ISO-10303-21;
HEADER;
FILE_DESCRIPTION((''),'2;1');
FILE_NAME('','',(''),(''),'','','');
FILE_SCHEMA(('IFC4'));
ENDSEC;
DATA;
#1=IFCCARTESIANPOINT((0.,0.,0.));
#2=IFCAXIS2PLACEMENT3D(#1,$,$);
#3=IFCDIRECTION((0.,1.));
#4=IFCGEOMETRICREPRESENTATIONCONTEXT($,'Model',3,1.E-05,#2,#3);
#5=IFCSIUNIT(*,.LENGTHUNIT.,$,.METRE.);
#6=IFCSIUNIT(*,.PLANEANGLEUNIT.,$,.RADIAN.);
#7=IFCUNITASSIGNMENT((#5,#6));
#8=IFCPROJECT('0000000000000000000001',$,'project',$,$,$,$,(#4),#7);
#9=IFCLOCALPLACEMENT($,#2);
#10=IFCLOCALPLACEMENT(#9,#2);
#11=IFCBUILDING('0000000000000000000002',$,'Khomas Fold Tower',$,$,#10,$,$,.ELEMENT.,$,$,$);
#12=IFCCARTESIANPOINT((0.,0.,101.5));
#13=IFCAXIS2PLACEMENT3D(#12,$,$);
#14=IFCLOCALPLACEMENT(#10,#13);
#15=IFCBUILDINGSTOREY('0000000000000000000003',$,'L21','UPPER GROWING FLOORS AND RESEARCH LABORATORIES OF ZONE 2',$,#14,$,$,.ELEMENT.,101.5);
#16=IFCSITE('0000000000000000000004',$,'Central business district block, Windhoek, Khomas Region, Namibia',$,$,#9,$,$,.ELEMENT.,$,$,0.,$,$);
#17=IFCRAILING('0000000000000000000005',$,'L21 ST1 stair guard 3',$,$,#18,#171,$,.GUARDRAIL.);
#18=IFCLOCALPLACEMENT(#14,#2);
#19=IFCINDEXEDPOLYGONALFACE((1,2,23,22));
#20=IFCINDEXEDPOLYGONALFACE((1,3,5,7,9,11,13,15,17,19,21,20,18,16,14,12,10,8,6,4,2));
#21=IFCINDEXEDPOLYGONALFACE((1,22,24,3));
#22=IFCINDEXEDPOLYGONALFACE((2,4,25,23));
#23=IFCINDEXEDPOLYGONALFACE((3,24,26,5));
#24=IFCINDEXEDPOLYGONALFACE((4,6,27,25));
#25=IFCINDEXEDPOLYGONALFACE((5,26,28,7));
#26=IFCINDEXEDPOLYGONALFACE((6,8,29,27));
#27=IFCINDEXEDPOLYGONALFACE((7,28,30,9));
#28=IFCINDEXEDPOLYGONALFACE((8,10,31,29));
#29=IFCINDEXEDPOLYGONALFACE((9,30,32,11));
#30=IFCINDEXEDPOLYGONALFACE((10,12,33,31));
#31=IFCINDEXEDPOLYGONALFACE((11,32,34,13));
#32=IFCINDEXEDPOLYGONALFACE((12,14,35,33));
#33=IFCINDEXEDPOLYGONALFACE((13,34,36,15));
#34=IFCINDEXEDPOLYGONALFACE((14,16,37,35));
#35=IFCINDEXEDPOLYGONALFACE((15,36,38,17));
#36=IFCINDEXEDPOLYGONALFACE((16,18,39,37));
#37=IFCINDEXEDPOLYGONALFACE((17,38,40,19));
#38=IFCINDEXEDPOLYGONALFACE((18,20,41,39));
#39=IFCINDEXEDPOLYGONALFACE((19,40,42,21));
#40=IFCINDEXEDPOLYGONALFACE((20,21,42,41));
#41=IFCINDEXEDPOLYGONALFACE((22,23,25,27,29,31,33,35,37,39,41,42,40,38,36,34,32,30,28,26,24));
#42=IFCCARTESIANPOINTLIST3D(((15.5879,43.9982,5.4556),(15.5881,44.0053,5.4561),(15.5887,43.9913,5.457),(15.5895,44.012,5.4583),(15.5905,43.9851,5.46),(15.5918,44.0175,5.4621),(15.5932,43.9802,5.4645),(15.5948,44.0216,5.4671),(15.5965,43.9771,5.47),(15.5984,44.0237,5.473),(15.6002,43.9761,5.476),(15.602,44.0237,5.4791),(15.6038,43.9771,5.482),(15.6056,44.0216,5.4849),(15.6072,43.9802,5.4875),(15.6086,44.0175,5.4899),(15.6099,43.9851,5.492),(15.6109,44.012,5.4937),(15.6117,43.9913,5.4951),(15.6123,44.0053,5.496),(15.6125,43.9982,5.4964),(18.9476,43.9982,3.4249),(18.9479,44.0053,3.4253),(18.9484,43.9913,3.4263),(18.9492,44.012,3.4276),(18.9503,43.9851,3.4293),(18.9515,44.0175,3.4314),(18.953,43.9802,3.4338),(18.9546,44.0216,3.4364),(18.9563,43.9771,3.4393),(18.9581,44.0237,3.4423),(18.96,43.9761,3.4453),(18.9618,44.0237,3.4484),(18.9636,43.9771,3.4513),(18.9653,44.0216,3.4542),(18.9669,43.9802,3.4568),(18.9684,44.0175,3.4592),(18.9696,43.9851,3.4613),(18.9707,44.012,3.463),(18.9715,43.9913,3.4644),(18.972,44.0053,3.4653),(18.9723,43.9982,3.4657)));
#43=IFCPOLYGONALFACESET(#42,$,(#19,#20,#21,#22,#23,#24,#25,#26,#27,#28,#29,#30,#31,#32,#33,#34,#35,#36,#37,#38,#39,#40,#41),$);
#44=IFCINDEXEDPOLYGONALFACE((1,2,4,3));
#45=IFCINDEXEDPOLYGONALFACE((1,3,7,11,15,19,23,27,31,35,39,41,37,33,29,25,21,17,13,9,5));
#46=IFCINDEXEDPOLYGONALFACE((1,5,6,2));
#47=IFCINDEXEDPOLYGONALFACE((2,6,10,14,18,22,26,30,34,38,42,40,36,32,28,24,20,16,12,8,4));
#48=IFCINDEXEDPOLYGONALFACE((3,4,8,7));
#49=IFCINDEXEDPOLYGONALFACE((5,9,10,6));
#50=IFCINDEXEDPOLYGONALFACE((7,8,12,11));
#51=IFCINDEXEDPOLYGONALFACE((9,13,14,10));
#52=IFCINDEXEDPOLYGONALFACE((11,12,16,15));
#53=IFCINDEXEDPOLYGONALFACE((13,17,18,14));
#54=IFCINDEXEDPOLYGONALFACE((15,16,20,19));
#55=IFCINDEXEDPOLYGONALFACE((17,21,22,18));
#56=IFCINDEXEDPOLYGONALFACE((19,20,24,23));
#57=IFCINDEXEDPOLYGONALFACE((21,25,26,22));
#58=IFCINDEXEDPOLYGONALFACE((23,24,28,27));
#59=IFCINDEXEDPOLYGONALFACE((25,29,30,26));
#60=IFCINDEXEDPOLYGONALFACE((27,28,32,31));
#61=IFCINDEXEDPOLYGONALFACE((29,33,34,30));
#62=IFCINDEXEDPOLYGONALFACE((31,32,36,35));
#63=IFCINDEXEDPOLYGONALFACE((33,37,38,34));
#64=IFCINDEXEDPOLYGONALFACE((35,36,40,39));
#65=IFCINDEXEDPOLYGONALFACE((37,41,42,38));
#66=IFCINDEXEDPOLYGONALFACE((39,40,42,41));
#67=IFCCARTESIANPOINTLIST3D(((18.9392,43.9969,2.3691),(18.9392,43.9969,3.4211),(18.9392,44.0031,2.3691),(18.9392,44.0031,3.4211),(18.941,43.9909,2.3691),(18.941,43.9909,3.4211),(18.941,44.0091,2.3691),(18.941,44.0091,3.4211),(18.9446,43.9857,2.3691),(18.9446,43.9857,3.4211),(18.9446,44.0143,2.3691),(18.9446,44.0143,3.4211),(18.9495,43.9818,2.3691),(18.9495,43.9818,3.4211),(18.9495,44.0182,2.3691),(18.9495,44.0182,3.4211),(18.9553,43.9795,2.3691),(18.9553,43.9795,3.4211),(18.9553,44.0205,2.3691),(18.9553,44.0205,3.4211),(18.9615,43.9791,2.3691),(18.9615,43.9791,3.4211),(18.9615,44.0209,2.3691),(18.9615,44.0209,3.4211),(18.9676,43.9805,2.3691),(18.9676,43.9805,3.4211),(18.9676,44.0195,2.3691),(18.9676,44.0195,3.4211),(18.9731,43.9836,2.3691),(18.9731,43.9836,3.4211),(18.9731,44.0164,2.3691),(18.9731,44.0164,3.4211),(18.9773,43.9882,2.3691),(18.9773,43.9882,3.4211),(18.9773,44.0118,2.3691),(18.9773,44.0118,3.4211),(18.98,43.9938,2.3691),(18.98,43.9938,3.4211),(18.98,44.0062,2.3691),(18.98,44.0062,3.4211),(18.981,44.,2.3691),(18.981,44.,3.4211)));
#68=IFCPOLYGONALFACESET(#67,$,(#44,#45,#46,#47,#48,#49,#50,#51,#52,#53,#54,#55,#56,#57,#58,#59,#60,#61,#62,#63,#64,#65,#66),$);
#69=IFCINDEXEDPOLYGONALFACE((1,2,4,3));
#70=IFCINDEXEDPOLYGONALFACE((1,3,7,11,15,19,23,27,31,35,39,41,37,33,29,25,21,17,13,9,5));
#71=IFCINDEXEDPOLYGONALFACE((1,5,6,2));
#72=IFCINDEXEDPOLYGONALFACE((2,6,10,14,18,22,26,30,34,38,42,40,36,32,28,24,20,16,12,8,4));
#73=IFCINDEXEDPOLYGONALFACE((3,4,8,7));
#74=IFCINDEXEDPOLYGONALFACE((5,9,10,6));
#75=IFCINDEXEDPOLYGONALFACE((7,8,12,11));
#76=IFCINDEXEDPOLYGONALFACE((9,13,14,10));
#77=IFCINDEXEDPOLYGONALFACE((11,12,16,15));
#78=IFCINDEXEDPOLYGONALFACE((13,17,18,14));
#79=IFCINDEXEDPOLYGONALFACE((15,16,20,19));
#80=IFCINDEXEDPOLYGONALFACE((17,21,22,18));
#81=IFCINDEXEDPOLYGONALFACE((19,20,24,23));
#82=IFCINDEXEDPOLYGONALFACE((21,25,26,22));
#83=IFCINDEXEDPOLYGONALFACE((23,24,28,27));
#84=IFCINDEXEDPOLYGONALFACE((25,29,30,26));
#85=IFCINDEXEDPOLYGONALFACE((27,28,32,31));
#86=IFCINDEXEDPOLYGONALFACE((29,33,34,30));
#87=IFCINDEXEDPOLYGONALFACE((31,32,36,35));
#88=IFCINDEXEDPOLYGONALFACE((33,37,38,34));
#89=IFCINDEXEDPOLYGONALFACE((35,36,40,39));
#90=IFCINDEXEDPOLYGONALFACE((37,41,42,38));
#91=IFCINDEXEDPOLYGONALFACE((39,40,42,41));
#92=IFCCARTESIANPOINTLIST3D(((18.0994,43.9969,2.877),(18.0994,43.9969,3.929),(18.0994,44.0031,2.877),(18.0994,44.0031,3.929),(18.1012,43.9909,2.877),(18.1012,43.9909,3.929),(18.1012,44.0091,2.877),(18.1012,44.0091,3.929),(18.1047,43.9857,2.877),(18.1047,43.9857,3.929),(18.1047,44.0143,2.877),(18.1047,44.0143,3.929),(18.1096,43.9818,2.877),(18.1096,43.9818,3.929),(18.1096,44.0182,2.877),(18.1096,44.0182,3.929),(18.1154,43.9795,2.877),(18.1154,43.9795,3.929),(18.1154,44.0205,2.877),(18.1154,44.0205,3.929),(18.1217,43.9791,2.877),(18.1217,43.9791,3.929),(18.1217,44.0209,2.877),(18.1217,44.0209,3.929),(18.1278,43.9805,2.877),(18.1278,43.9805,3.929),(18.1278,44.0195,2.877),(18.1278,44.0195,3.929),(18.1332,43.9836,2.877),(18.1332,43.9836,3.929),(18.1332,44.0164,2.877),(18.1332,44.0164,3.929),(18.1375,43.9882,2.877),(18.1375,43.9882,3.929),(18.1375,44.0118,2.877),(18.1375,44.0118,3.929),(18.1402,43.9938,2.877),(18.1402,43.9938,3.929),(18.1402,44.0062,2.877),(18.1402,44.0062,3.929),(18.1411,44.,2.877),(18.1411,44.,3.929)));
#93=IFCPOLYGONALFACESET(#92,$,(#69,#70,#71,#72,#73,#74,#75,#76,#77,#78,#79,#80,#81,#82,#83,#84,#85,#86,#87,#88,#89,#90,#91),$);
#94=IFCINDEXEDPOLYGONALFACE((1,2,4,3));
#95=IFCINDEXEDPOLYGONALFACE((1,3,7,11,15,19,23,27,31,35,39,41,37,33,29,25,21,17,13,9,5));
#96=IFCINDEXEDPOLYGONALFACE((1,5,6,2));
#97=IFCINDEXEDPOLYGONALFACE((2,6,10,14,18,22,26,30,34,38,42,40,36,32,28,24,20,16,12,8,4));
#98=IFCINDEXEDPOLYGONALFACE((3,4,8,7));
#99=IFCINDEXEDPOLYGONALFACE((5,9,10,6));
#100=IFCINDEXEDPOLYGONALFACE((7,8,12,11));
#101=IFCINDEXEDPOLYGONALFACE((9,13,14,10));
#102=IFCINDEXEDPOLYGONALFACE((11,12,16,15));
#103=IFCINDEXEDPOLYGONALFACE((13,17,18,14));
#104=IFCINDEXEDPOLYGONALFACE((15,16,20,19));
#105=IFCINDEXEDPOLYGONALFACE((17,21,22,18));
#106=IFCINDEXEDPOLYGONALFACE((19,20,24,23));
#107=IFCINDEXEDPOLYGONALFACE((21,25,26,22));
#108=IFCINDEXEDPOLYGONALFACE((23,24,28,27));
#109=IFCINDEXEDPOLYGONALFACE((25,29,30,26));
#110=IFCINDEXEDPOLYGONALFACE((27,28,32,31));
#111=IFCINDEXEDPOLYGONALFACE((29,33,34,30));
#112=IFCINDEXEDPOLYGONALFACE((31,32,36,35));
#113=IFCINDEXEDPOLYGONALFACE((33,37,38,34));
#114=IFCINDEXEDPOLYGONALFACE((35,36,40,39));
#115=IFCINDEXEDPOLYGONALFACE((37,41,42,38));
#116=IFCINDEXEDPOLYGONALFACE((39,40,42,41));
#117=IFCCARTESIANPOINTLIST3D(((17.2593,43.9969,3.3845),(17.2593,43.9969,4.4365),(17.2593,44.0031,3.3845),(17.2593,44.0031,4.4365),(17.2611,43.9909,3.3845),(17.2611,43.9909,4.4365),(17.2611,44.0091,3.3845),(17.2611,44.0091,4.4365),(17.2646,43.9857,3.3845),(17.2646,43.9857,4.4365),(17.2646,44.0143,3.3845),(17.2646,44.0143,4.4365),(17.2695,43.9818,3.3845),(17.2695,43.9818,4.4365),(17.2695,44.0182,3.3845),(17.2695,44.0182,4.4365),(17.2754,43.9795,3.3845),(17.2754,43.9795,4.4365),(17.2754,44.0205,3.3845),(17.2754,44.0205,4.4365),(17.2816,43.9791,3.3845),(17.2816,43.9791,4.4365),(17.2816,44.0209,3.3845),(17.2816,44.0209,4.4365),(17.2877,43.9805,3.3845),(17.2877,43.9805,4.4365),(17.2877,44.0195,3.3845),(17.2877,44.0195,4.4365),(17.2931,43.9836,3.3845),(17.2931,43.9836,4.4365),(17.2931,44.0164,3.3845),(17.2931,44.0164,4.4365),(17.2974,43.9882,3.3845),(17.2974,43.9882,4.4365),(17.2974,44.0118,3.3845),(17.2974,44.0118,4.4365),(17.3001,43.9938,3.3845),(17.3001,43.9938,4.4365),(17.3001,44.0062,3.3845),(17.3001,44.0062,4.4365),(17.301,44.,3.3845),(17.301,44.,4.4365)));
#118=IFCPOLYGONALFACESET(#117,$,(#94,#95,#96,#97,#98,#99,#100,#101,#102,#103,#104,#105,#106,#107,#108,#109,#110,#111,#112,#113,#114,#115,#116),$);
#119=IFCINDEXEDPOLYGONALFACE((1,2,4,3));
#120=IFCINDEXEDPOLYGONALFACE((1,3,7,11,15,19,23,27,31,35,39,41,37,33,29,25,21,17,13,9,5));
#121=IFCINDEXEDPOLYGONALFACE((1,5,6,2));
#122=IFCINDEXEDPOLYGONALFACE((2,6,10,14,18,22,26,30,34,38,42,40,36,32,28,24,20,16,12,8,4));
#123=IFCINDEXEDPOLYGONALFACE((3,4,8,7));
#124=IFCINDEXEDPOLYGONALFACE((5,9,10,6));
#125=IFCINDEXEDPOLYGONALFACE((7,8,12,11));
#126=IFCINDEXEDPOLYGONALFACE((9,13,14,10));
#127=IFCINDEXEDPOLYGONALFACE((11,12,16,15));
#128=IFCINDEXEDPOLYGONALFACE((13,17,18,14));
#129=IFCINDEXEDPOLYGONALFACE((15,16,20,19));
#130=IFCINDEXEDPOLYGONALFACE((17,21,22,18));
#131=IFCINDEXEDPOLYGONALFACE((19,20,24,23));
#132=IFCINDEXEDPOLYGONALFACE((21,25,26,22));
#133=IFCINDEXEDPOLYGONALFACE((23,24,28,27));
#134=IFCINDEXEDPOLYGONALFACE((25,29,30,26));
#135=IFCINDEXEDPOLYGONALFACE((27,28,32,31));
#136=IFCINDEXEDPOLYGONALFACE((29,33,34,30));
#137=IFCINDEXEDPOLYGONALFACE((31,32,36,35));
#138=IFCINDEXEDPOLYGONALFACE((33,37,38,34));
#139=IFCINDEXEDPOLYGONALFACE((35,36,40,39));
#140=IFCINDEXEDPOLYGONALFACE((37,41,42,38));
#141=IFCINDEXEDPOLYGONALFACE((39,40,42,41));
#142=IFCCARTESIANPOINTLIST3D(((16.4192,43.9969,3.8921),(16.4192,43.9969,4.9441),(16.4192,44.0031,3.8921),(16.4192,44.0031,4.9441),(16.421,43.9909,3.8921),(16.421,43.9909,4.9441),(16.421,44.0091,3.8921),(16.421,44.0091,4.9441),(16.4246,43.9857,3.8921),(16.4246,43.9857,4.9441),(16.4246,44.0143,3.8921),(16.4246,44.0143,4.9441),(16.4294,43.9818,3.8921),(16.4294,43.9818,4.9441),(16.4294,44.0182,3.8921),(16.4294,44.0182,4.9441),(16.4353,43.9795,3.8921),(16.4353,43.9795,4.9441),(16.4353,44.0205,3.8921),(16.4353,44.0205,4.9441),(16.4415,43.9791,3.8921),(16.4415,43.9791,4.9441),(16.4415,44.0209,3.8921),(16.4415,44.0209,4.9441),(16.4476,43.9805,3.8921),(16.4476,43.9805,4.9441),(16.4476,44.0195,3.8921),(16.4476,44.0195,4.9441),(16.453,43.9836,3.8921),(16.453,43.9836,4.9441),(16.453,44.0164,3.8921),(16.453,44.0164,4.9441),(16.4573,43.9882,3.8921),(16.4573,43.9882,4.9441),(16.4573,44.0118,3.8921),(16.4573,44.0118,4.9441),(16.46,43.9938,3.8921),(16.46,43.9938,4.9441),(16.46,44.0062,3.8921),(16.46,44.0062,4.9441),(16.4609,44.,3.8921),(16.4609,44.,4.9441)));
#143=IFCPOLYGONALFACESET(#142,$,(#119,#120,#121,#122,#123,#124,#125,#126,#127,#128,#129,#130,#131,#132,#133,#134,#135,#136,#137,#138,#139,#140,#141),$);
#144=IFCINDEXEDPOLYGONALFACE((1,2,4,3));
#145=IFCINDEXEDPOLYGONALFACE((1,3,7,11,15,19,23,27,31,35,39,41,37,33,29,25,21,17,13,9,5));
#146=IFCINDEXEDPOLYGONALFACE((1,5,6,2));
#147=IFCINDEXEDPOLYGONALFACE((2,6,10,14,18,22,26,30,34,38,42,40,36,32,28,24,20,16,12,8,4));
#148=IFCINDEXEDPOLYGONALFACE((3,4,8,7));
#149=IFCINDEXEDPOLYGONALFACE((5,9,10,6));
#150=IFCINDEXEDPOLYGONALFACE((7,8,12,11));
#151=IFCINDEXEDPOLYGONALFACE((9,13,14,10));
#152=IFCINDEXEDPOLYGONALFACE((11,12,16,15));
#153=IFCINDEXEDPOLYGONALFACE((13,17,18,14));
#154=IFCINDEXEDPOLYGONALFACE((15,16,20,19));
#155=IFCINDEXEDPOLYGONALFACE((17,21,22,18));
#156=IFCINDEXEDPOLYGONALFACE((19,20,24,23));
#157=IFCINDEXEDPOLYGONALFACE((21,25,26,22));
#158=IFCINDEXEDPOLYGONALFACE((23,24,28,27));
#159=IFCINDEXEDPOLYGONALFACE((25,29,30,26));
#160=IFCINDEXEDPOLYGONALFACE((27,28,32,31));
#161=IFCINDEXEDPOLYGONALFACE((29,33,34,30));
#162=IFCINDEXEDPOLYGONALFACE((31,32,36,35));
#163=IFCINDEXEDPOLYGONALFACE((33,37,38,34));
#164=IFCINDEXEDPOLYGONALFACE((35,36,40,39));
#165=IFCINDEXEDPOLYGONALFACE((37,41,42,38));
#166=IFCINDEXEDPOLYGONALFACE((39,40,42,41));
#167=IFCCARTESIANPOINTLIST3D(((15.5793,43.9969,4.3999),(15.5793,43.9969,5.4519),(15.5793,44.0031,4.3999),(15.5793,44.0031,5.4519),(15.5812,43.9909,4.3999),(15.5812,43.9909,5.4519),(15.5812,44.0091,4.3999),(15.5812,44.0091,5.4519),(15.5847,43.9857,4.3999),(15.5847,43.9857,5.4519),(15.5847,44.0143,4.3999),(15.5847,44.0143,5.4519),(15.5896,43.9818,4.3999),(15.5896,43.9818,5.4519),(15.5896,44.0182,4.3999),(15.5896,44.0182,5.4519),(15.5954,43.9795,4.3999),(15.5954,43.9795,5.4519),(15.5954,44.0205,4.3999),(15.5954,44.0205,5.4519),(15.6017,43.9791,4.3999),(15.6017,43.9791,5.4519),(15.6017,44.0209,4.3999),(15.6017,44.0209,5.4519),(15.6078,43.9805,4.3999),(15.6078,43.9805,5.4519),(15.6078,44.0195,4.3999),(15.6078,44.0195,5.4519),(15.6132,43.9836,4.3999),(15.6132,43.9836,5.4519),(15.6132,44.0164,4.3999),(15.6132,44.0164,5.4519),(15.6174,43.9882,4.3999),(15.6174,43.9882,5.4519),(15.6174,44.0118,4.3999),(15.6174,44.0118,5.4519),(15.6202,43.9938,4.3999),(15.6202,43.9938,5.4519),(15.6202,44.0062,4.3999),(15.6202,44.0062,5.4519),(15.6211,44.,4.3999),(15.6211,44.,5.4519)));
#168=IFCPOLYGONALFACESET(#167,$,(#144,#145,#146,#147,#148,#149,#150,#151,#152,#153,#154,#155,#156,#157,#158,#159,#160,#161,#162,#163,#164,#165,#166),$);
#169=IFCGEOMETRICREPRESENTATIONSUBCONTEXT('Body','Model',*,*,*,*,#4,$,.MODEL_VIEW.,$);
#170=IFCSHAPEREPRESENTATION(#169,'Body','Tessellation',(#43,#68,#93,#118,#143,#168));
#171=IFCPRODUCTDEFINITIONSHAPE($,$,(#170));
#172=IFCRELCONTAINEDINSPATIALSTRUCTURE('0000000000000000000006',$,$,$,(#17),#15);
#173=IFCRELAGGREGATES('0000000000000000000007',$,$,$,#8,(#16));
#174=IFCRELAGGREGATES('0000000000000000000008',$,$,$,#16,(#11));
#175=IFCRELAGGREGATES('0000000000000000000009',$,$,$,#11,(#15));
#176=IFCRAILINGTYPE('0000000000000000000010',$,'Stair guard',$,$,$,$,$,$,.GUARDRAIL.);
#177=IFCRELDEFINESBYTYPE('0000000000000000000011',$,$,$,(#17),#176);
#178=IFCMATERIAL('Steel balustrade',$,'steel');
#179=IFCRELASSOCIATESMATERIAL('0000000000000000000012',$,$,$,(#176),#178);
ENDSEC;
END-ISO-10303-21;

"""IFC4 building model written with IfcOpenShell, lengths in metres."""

from ifc_helpers import new_model, si_unit, direction, frame, origin, origin_2d, place, context, subcontext, project, spatial, circle, extrude, source, transform, mapped, material, type_object, element, save


model = new_model("IFC4")

# Units and contexts
model_context = context("Model", 3, precision=1e-05, world=origin(), true_north=direction((0.0, 1.0)))
body_context = subcontext(model_context, "Body", "Model", "MODEL_VIEW")
ifc_project = project(units=[si_unit("LENGTHUNIT", "METRE"), si_unit("PLANEANGLEUNIT", "RADIAN")], contexts=[model_context])

# Site, building, storey
site_placement = place(None, origin())
site = spatial("IfcSite", under=ifc_project, at=site_placement, Name="Central business district block, Windhoek, Khomas Region, Namibia", CompositionType="ELEMENT", RefElevation=0.0)
building_placement = place(site_placement, origin())
building = spatial("IfcBuilding", under=site, at=building_placement, Name="Khomas Fold Tower", CompositionType="ELEMENT")
storey_placement = place(building_placement, frame((0.0, 0.0, 101.5)))
storey = spatial("IfcBuildingStorey", under=building, at=storey_placement, Name="L21", Description="UPPER GROWING FLOORS AND RESEARCH LABORATORIES OF ZONE 2", CompositionType="ELEMENT", Elevation=101.5)

# Railing
ifc_material_1 = material(Name="Steel balustrade", Category="steel")
railing_type_1 = type_object("IfcRailingType", Name="Stair guard", PredefinedType="GUARDRAIL", material=ifc_material_1)
shared_shape_1 = source(origin(), body_context, "Body", "SweptSolid", [
    extrude(circle(Radius=0.0239, at=origin_2d()), frame((0.0, 0.0, 1.0762), z_axis=(-0.85582, 0.0, 0.517273), x_axis=(0.0, -1.0, 0.0)), (0.0, 0.0, 1.0), 3.9258),
    extrude(circle(Radius=0.021, at=origin_2d()), origin(), (0.0, 0.0, 1.0), 1.052),
    extrude(circle(Radius=0.021, at=origin_2d()), frame((-0.8398, 0.0, 0.5078)), (0.0, 0.0, 1.0), 1.052),
    extrude(circle(Radius=0.021, at=origin_2d()), frame((-1.6799, 0.0, 1.0154)), (0.0, 0.0, 1.0), 1.052),
    extrude(circle(Radius=0.021, at=origin_2d()), frame((-2.52, 0.0, 1.5229)), (0.0, 0.0, 1.0), 1.052),
    extrude(circle(Radius=0.021, at=origin_2d()), frame((-3.3599, 0.0, 2.0308)), (0.0, 0.0, 1.0), 1.052),
])
railing_1_placement = place(storey_placement, frame((18.96, 44.0, 2.3691)))
element("IfcRailing", 1, at=railing_1_placement, inside=storey, type_object=railing_type_1, Name="L21 ST1 stair guard 3", PredefinedType="GUARDRAIL", context=body_context, shape_type="MappedRepresentation", body=[
    mapped(shared_shape_1, transform((0.0, 0.0, 0.0))),
])

save(model, "model.ifc")
